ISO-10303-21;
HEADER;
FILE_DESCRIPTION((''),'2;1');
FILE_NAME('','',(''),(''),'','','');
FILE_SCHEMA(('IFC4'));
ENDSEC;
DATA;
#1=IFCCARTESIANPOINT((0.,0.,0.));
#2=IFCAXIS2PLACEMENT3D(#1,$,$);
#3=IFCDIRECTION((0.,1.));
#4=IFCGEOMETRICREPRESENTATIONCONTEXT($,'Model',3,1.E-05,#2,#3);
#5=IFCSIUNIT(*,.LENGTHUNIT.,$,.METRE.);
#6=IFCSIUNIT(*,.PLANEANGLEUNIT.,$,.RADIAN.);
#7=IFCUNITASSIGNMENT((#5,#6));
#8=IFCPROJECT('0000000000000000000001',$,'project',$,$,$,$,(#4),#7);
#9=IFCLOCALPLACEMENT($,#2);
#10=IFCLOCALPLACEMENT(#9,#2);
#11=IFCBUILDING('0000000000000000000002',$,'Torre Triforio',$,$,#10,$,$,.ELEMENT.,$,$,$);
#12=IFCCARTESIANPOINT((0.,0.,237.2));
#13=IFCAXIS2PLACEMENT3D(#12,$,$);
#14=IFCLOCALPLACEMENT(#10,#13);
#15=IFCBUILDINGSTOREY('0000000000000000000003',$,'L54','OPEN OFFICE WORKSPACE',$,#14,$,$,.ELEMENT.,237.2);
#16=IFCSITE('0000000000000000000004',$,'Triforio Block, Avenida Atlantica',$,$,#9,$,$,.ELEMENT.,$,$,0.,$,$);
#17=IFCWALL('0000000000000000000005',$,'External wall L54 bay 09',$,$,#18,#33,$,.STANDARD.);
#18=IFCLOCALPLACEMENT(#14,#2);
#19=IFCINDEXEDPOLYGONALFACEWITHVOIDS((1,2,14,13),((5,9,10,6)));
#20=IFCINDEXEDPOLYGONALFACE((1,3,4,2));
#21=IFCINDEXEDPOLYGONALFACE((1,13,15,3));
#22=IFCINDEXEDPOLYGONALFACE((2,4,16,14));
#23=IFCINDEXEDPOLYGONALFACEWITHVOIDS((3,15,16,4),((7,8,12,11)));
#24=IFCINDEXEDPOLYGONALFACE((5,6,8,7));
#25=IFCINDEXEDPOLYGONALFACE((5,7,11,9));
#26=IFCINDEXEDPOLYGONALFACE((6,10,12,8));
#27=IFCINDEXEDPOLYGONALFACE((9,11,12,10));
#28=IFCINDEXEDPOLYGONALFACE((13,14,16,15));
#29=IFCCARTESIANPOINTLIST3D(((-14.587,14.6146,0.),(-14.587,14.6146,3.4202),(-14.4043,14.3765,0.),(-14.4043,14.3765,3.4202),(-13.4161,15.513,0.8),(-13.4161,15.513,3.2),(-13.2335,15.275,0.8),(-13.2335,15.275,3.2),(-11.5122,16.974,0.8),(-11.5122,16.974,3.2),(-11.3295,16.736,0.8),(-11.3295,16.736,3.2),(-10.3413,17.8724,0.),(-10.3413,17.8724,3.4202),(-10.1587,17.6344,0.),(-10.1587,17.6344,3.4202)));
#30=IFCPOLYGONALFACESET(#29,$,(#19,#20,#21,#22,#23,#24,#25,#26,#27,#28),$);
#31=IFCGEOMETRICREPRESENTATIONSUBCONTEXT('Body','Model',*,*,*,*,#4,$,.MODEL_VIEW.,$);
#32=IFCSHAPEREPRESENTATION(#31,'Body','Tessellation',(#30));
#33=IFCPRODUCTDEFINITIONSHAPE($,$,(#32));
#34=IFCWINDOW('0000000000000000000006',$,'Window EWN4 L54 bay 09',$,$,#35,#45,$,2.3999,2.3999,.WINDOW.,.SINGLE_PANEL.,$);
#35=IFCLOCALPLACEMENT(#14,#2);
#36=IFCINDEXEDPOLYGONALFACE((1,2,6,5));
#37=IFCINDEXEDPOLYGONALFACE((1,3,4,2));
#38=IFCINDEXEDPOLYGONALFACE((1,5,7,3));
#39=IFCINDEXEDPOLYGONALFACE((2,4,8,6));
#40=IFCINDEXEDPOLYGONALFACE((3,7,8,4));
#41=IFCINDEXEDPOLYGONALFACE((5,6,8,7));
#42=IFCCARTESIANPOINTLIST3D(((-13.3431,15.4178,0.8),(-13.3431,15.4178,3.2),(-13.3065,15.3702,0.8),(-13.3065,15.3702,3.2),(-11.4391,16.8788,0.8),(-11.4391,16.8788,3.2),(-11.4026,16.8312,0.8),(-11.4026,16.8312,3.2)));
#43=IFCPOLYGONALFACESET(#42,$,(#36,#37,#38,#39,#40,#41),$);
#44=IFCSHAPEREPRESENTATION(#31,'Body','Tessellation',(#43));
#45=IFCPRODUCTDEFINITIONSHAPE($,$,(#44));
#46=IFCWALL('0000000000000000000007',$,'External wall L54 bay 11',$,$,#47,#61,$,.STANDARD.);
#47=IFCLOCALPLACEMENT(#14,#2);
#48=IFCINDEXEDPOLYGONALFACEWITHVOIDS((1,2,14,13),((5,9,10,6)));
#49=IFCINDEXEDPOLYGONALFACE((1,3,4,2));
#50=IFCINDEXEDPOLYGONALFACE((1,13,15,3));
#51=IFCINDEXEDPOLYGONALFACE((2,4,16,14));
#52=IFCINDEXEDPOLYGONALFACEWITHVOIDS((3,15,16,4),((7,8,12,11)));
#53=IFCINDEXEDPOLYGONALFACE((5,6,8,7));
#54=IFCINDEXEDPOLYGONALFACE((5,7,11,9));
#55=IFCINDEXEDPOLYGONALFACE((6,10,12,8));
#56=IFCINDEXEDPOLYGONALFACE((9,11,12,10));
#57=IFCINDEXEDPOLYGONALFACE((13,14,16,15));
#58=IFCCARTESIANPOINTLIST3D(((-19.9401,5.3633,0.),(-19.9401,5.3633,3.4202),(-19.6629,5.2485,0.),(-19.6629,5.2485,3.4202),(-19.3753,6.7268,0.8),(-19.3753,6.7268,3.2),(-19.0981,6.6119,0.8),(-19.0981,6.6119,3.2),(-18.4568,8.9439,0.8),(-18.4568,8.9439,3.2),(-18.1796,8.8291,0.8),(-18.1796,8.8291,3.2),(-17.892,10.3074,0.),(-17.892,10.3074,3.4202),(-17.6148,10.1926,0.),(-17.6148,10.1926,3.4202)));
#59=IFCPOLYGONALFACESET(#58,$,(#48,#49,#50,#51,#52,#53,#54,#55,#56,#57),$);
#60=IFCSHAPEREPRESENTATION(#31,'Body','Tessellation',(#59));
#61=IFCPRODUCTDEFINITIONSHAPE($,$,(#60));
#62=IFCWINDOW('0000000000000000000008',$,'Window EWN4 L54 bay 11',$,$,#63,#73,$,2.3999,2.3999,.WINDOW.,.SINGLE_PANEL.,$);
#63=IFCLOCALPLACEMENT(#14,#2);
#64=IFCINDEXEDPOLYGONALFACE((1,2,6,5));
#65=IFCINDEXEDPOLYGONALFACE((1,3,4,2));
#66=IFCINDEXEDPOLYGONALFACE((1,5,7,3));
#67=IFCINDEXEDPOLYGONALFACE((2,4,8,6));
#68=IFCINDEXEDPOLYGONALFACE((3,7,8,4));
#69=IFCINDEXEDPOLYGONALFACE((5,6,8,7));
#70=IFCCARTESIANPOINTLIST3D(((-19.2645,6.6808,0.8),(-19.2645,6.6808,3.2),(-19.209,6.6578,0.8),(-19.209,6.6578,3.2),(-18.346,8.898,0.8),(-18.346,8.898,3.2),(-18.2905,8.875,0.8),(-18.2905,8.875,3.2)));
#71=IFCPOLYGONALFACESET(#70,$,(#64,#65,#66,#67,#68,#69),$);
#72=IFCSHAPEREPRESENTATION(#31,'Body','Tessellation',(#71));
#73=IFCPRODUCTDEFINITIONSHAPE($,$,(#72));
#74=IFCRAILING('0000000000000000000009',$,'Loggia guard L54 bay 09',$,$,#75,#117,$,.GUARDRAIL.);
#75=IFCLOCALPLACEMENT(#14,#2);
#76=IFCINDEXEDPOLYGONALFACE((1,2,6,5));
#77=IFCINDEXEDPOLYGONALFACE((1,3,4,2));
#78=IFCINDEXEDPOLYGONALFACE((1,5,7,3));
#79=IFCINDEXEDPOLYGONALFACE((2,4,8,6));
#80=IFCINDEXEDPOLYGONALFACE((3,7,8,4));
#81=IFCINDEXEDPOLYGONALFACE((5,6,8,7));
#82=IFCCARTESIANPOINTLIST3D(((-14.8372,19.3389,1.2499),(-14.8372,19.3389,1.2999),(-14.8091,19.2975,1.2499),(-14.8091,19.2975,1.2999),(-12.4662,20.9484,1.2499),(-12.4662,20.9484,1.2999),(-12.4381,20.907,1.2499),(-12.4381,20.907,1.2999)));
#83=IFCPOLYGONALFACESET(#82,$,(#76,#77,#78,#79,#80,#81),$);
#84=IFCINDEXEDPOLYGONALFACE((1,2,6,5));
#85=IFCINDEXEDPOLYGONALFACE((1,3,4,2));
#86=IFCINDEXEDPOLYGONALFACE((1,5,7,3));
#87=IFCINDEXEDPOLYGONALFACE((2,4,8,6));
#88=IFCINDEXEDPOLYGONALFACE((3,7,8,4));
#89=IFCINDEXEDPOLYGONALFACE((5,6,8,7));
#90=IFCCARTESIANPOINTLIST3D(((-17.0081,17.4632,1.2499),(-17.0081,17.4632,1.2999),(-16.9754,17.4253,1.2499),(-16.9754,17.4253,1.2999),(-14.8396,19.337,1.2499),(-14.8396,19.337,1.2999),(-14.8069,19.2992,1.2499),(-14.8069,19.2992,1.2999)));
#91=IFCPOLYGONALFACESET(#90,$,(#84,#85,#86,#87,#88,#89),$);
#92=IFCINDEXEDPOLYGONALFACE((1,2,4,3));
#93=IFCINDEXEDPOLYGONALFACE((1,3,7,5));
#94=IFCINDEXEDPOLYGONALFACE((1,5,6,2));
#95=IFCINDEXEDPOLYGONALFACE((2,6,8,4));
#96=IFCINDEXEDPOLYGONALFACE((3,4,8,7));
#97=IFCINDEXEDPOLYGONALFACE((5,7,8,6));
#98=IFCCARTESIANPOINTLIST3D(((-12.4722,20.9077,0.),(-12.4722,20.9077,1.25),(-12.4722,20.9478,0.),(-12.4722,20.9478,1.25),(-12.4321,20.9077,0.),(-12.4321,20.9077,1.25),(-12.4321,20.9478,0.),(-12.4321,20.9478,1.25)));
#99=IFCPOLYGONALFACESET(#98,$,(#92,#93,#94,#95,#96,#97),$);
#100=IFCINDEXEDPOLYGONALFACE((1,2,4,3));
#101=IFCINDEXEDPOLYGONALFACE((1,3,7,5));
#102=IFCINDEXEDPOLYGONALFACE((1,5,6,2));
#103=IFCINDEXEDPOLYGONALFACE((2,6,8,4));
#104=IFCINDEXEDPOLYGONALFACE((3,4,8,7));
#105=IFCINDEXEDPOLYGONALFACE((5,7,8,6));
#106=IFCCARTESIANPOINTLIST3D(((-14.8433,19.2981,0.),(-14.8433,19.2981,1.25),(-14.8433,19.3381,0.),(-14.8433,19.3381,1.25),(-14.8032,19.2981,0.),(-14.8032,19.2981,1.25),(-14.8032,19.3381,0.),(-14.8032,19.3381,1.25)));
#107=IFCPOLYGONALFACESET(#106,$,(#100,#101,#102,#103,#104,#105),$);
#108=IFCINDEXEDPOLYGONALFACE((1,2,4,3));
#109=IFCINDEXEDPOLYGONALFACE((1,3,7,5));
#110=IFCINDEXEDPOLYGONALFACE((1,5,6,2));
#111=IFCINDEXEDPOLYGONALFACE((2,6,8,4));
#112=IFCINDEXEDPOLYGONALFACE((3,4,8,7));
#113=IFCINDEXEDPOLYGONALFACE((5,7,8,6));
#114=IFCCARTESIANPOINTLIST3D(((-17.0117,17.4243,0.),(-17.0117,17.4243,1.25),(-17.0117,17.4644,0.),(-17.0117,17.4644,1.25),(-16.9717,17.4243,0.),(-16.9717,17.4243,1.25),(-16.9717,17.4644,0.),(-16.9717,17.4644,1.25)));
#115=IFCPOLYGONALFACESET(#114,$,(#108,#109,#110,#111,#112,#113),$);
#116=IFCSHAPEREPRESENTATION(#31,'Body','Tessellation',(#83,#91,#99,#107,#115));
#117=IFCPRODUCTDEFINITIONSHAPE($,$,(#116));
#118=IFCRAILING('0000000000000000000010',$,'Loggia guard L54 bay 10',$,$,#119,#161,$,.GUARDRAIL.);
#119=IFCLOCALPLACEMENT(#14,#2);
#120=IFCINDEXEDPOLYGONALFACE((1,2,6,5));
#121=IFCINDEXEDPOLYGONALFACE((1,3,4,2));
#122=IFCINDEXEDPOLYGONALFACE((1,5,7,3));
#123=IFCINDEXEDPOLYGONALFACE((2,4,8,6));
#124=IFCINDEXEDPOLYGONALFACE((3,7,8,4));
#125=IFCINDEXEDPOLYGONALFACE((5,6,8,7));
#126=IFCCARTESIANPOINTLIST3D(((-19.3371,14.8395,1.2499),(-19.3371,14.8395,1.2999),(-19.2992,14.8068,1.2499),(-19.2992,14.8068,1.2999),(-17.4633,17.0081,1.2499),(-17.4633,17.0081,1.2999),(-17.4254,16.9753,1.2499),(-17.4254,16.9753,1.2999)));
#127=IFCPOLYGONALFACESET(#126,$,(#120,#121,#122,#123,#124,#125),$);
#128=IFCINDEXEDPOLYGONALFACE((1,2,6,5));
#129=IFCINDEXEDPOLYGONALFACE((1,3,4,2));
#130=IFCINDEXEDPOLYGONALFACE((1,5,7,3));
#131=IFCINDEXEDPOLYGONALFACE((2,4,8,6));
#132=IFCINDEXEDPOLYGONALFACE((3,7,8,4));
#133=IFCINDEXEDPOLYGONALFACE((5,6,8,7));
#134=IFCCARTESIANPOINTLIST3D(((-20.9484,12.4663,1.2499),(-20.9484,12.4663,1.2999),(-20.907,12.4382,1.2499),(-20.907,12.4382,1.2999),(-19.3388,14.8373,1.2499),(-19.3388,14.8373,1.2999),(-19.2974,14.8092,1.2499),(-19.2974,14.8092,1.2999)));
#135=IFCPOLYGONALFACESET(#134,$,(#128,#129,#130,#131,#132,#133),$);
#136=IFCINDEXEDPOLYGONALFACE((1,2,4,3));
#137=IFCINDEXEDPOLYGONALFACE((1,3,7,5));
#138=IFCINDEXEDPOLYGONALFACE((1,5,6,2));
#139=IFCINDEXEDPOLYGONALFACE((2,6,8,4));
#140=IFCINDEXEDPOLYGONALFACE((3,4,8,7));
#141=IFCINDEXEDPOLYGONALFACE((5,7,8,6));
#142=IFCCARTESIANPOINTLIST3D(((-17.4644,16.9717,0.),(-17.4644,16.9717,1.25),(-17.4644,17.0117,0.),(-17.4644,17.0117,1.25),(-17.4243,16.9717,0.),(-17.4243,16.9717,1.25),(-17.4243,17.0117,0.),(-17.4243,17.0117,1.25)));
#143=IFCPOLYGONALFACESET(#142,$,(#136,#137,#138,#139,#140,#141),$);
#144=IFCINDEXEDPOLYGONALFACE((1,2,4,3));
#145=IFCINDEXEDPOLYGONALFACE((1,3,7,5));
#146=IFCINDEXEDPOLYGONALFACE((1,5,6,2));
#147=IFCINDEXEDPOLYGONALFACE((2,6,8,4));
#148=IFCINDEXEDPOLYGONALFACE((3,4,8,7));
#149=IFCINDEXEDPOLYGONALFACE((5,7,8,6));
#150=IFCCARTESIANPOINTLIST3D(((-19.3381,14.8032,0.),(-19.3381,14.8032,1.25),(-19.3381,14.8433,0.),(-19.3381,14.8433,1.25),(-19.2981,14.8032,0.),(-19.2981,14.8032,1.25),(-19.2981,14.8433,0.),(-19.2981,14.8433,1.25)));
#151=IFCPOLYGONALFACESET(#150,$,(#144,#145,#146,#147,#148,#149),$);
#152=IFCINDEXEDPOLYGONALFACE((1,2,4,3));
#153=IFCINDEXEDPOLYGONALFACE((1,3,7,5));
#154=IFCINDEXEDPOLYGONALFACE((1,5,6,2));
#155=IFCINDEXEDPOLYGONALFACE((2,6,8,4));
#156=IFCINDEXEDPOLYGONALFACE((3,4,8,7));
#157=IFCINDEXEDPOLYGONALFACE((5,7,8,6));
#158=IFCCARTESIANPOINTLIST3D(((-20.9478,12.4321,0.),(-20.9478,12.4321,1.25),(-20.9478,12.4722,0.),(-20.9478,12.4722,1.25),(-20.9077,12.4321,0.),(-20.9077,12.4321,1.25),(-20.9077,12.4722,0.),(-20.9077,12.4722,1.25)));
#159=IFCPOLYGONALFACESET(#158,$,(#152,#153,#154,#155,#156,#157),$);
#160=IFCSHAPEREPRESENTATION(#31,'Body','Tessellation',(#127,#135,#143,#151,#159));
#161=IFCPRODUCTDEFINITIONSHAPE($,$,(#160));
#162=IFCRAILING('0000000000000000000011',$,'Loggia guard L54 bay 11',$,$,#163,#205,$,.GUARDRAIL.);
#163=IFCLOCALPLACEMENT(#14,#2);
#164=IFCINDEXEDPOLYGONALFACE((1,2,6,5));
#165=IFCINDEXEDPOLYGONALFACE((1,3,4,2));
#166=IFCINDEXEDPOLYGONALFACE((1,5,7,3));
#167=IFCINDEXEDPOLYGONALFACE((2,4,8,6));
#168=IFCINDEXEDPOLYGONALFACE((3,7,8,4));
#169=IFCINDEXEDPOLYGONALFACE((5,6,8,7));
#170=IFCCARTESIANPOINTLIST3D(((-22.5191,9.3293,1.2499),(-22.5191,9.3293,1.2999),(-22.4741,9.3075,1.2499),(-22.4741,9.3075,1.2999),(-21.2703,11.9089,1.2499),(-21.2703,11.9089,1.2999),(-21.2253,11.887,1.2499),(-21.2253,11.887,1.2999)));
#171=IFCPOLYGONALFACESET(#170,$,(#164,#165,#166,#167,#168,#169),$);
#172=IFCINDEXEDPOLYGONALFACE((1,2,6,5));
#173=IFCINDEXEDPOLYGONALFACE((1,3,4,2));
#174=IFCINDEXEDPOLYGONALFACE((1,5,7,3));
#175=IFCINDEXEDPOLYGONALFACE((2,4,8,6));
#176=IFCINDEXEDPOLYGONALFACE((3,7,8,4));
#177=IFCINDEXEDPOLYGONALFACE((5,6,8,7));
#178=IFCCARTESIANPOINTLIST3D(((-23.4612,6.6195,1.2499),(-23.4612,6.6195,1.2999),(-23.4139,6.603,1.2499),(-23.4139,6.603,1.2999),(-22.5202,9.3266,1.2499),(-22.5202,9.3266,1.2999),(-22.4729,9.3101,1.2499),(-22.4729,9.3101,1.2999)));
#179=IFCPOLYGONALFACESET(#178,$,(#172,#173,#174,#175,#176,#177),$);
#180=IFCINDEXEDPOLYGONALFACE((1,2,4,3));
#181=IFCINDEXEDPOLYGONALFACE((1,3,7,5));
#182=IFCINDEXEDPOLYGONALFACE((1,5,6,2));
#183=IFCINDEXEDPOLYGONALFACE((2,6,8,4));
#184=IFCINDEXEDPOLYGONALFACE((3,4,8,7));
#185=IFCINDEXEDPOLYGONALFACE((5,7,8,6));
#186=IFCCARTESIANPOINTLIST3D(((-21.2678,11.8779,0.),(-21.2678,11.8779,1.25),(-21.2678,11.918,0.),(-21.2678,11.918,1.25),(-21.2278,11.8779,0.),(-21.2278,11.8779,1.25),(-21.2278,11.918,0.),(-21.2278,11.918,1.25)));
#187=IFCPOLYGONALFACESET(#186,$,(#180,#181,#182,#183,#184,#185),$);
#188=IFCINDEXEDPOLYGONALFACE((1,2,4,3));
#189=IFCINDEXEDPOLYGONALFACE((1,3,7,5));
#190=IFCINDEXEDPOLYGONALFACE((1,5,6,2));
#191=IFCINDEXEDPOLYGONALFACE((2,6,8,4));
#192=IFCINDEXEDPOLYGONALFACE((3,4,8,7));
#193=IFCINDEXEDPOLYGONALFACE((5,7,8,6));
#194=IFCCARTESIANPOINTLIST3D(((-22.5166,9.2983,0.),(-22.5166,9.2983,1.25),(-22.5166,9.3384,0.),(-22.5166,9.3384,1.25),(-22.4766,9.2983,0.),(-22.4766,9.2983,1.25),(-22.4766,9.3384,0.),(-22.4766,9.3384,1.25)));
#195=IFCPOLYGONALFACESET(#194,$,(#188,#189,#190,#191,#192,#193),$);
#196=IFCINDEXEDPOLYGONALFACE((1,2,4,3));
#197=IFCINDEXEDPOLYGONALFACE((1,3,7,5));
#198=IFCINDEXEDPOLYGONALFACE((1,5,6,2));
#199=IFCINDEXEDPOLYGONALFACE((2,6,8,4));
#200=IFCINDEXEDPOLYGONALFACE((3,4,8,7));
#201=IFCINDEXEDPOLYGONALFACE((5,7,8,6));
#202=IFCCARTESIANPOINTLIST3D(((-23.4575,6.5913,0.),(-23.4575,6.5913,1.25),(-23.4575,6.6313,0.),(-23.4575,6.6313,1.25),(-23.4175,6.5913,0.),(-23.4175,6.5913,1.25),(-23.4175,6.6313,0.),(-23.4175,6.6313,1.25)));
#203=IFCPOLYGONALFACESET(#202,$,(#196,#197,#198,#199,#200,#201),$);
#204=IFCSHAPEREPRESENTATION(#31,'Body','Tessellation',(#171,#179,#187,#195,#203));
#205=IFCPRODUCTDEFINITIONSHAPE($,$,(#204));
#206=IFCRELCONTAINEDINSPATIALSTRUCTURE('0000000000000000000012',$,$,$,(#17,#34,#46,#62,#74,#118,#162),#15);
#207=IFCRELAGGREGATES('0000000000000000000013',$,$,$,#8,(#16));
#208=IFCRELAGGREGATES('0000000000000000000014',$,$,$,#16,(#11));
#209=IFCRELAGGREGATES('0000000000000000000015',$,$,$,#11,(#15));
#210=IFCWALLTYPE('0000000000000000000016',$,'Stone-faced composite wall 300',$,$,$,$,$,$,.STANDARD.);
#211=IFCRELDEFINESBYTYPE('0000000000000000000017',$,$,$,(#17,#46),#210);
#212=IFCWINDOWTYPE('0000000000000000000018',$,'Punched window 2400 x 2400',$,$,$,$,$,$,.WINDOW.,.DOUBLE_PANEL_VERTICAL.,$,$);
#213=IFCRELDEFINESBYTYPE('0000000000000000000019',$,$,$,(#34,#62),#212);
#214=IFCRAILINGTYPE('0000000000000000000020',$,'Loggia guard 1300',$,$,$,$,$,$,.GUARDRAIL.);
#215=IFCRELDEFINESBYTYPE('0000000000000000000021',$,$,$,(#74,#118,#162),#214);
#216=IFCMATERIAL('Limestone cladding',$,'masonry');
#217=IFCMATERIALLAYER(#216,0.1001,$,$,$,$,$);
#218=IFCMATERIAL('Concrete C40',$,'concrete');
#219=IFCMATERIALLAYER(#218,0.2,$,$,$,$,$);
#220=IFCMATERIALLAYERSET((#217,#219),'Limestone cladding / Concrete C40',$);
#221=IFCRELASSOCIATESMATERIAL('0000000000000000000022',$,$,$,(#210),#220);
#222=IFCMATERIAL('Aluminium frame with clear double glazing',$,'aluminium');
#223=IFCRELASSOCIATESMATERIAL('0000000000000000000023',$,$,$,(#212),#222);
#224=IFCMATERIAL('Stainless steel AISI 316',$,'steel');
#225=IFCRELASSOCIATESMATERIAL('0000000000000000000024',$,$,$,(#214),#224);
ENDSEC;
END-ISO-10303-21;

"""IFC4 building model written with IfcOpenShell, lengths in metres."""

from ifc_helpers import new_model, si_unit, direction, frame, frame_2d, origin, origin_2d, place, context, subcontext, project, spatial, rectangle, extrude, material, layer, layer_set, type_object, element, fill, save


model = new_model("IFC4")

# Units and contexts
model_context = context("Model", 3, precision=1e-05, world=origin(), true_north=direction((0.0, 1.0)))
body_context = subcontext(model_context, "Body", "Model", "MODEL_VIEW")
ifc_project = project(units=[si_unit("LENGTHUNIT", "METRE"), si_unit("PLANEANGLEUNIT", "RADIAN")], contexts=[model_context])

# Site, building, storey
site_placement = place(None, origin())
site = spatial("IfcSite", under=ifc_project, at=site_placement, Name="Triforio Block, Avenida Atlantica", CompositionType="ELEMENT", RefElevation=0.0)
building_placement = place(site_placement, origin())
building = spatial("IfcBuilding", under=site, at=building_placement, Name="Torre Triforio", CompositionType="ELEMENT")
storey_placement = place(building_placement, frame((0.0, 0.0, 237.2)))
storey = spatial("IfcBuildingStorey", under=building, at=storey_placement, Name="L54", Description="OPEN OFFICE WORKSPACE", CompositionType="ELEMENT", Elevation=237.2)

# Shared definitions
ifc_material_1 = material(Name="Concrete C40", Category="concrete")

# Shared definitions
ifc_material_2 = material(Name="Limestone cladding", Category="masonry")

# Wall, opening, window
ifc_layer_1 = layer(ifc_material_2, 0.1001)
ifc_layer_2 = layer(ifc_material_1, 0.2)
ifc_layer_set_1 = layer_set([ifc_layer_1, ifc_layer_2], Name="Limestone cladding / Concrete C40")
wall_type_1 = type_object("IfcWallType", Name="Stone-faced composite wall 300", PredefinedType="STANDARD", material=ifc_layer_set_1)
wall_1_placement = place(storey_placement, frame((-10.25, 17.7534, 0.0), z_axis=(0.0, 0.0, 1.0), x_axis=(-0.793349, -0.608767, 0.0)))
wall_1 = element("IfcWall", 1, at=wall_1_placement, inside=storey, type_object=wall_type_1, Name="External wall L54 bay 09", PredefinedType="STANDARD", context=body_context, shape_type="SweptSolid", body=[
    extrude(rectangle(XDim=5.3516, YDim=0.3, at=frame_2d((2.6758, 0.0))), origin(), (0.0, 0.0, 1.0), 3.4202),
])
opening_1_placement = place(wall_1_placement, frame((1.4758, 0.0, 0.8)))
opening_1 = element("IfcOpeningElement", 2, at=opening_1_placement, cuts=wall_1, PredefinedType="OPENING", context=body_context, shape_type="SweptSolid", body=[
    extrude(rectangle(XDim=2.3999, YDim=2.3999, at=frame_2d((1.2, 1.2))), frame((0.0, 0.1599, 0.0), z_axis=(0.0, -1.0, 0.0), x_axis=(1.0, 0.0, 0.0)), (0.0, 0.0, 1.0), 0.3201),
])
ifc_material_3 = material(Name="Aluminium frame with clear double glazing", Category="aluminium")
window_type_1 = type_object("IfcWindowType", Name="Punched window 2400 x 2400", PartitioningType="DOUBLE_PANEL_VERTICAL", PredefinedType="WINDOW", material=ifc_material_3)
window_1_placement = place(opening_1_placement, origin())
window_1 = element("IfcWindow", 3, at=window_1_placement, inside=storey, type_object=window_type_1, Name="Window EWN4 L54 bay 09", OverallHeight=2.3999, OverallWidth=2.3999, PartitioningType="SINGLE_PANEL", PredefinedType="WINDOW", context=body_context, shape_type="SweptSolid", body=[
    extrude(rectangle(XDim=2.3999, YDim=2.3999, at=frame_2d((1.2, 1.2))), frame((0.0, 0.03, 0.0), z_axis=(0.0, -1.0, 0.0), x_axis=(1.0, 0.0, 0.0)), (0.0, 0.0, 1.0), 0.0601),
])
fill(opening_1, window_1)

# Wall, opening, window
wall_2_placement = place(storey_placement, frame((-17.7534, 10.25, 0.0), z_axis=(0.0, 0.0, 1.0), x_axis=(-0.382713, -0.923867, 0.0)))
wall_2 = element("IfcWall", 4, at=wall_2_placement, inside=storey, type_object=wall_type_1, Name="External wall L54 bay 11", PredefinedType="STANDARD", context=body_context, shape_type="SweptSolid", body=[
    extrude(rectangle(XDim=5.3516, YDim=0.3, at=frame_2d((2.6758, 0.0))), origin(), (0.0, 0.0, 1.0), 3.4202),
])
opening_2_placement = place(wall_2_placement, frame((1.4758, 0.0, 0.8)))
opening_2 = element("IfcOpeningElement", 5, at=opening_2_placement, cuts=wall_2, PredefinedType="OPENING", context=body_context, shape_type="SweptSolid", body=[
    extrude(rectangle(XDim=2.3999, YDim=2.3999, at=frame_2d((1.2, 1.2))), frame((0.0, 0.1599, 0.0), z_axis=(0.0, -1.0, 0.0), x_axis=(1.0, 0.0, 0.0)), (0.0, 0.0, 1.0), 0.3201),
])
window_2_placement = place(opening_2_placement, origin())
window_2 = element("IfcWindow", 6, at=window_2_placement, inside=storey, type_object=window_type_1, Name="Window EWN4 L54 bay 11", OverallHeight=2.3999, OverallWidth=2.3999, PartitioningType="SINGLE_PANEL", PredefinedType="WINDOW", context=body_context, shape_type="SweptSolid", body=[
    extrude(rectangle(XDim=2.3999, YDim=2.3999, at=frame_2d((1.2, 1.2))), frame((0.0, 0.03, 0.0), z_axis=(0.0, -1.0, 0.0), x_axis=(1.0, 0.0, 0.0)), (0.0, 0.0, 1.0), 0.0601),
])
fill(opening_2, window_2)

# Railings
ifc_material_4 = material(Name="Stainless steel AISI 316", Category="steel")
railing_type = type_object("IfcRailingType", Name="Loggia guard 1300", PredefinedType="GUARDRAIL", material=ifc_material_4)
railing_1_placement = place(storey_placement, frame((-12.4521, 20.9277, 0.0)))
element("IfcRailing", 7, at=railing_1_placement, inside=storey, type_object=railing_type, Name="Loggia guard L54 bay 09", PredefinedType="GUARDRAIL", context=body_context, shape_type="SweptSolid", body=[
    extrude(rectangle(XDim=0.05, YDim=0.05, at=origin_2d()), frame((0.0, 0.0, 1.2749), z_axis=(-0.827368, -0.56166, 0.0), x_axis=(0.56166, -0.827368, 0.0)), (0.0, 0.0, 1.0), 2.8657),
    extrude(rectangle(XDim=0.05, YDim=0.05, at=origin_2d()), frame((-2.3711, -1.6096, 1.2749), z_axis=(-0.756647, -0.653824, 0.0), x_axis=(0.653824, -0.756647, 0.0)), (0.0, 0.0, 1.0), 2.866),
    extrude(rectangle(XDim=0.04, YDim=0.04, at=origin_2d()), origin(), (0.0, 0.0, 1.0), 1.25),
    extrude(rectangle(XDim=0.04, YDim=0.04, at=origin_2d()), frame((-2.3711, -1.6096, 0.0)), (0.0, 0.0, 1.0), 1.25),
    extrude(rectangle(XDim=0.04, YDim=0.04, at=origin_2d()), frame((-4.5396, -3.4834, 0.0)), (0.0, 0.0, 1.0), 1.25),
])
railing_2_placement = place(storey_placement, frame((-17.4443, 16.9917, 0.0)))
element("IfcRailing", 8, at=railing_2_placement, inside=storey, type_object=railing_type, Name="Loggia guard L54 bay 10", PredefinedType="GUARDRAIL", context=body_context, shape_type="SweptSolid", body=[
    extrude(rectangle(XDim=0.05, YDim=0.05, at=origin_2d()), frame((0.0, 0.0, 1.2749), z_axis=(-0.653824, -0.756647, 0.0), x_axis=(0.756647, -0.653824, 0.0)), (0.0, 0.0, 1.0), 2.866),
    extrude(rectangle(XDim=0.05, YDim=0.05, at=origin_2d()), frame((-1.8738, -2.1685, 1.2749), z_axis=(-0.56166, -0.827368, 0.0), x_axis=(0.827368, -0.56166, 0.0)), (0.0, 0.0, 1.0), 2.8657),
    extrude(rectangle(XDim=0.04, YDim=0.04, at=origin_2d()), origin(), (0.0, 0.0, 1.0), 1.25),
    extrude(rectangle(XDim=0.04, YDim=0.04, at=origin_2d()), frame((-1.8738, -2.1685, 0.0)), (0.0, 0.0, 1.0), 1.25),
    extrude(rectangle(XDim=0.04, YDim=0.04, at=origin_2d()), frame((-3.4834, -4.5396, 0.0)), (0.0, 0.0, 1.0), 1.25),
])
railing_3_placement = place(storey_placement, frame((-21.2478, 11.8979, 0.0)))
element("IfcRailing", 9, at=railing_3_placement, inside=storey, type_object=railing_type, Name="Loggia guard L54 bay 11", PredefinedType="GUARDRAIL", context=body_context, shape_type="SweptSolid", body=[
    extrude(rectangle(XDim=0.05, YDim=0.05, at=origin_2d()), frame((0.0, 0.0, 1.2749), z_axis=(-0.435728, -0.900078, 0.0), x_axis=(0.900078, -0.435728, 0.0)), (0.0, 0.0, 1.0), 2.866),
    extrude(rectangle(XDim=0.05, YDim=0.05, at=origin_2d()), frame((-1.2488, -2.5796, 1.2749), z_axis=(-0.328316, -0.944568, 0.0), x_axis=(0.944568, -0.328316, 0.0)), (0.0, 0.0, 1.0), 2.866),
    extrude(rectangle(XDim=0.04, YDim=0.04, at=origin_2d()), origin(), (0.0, 0.0, 1.0), 1.25),
    extrude(rectangle(XDim=0.04, YDim=0.04, at=origin_2d()), frame((-1.2488, -2.5796, 0.0)), (0.0, 0.0, 1.0), 1.25),
    extrude(rectangle(XDim=0.04, YDim=0.04, at=origin_2d()), frame((-2.1897, -5.2866, 0.0)), (0.0, 0.0, 1.0), 1.25),
])

save(model, "model.ifc")
